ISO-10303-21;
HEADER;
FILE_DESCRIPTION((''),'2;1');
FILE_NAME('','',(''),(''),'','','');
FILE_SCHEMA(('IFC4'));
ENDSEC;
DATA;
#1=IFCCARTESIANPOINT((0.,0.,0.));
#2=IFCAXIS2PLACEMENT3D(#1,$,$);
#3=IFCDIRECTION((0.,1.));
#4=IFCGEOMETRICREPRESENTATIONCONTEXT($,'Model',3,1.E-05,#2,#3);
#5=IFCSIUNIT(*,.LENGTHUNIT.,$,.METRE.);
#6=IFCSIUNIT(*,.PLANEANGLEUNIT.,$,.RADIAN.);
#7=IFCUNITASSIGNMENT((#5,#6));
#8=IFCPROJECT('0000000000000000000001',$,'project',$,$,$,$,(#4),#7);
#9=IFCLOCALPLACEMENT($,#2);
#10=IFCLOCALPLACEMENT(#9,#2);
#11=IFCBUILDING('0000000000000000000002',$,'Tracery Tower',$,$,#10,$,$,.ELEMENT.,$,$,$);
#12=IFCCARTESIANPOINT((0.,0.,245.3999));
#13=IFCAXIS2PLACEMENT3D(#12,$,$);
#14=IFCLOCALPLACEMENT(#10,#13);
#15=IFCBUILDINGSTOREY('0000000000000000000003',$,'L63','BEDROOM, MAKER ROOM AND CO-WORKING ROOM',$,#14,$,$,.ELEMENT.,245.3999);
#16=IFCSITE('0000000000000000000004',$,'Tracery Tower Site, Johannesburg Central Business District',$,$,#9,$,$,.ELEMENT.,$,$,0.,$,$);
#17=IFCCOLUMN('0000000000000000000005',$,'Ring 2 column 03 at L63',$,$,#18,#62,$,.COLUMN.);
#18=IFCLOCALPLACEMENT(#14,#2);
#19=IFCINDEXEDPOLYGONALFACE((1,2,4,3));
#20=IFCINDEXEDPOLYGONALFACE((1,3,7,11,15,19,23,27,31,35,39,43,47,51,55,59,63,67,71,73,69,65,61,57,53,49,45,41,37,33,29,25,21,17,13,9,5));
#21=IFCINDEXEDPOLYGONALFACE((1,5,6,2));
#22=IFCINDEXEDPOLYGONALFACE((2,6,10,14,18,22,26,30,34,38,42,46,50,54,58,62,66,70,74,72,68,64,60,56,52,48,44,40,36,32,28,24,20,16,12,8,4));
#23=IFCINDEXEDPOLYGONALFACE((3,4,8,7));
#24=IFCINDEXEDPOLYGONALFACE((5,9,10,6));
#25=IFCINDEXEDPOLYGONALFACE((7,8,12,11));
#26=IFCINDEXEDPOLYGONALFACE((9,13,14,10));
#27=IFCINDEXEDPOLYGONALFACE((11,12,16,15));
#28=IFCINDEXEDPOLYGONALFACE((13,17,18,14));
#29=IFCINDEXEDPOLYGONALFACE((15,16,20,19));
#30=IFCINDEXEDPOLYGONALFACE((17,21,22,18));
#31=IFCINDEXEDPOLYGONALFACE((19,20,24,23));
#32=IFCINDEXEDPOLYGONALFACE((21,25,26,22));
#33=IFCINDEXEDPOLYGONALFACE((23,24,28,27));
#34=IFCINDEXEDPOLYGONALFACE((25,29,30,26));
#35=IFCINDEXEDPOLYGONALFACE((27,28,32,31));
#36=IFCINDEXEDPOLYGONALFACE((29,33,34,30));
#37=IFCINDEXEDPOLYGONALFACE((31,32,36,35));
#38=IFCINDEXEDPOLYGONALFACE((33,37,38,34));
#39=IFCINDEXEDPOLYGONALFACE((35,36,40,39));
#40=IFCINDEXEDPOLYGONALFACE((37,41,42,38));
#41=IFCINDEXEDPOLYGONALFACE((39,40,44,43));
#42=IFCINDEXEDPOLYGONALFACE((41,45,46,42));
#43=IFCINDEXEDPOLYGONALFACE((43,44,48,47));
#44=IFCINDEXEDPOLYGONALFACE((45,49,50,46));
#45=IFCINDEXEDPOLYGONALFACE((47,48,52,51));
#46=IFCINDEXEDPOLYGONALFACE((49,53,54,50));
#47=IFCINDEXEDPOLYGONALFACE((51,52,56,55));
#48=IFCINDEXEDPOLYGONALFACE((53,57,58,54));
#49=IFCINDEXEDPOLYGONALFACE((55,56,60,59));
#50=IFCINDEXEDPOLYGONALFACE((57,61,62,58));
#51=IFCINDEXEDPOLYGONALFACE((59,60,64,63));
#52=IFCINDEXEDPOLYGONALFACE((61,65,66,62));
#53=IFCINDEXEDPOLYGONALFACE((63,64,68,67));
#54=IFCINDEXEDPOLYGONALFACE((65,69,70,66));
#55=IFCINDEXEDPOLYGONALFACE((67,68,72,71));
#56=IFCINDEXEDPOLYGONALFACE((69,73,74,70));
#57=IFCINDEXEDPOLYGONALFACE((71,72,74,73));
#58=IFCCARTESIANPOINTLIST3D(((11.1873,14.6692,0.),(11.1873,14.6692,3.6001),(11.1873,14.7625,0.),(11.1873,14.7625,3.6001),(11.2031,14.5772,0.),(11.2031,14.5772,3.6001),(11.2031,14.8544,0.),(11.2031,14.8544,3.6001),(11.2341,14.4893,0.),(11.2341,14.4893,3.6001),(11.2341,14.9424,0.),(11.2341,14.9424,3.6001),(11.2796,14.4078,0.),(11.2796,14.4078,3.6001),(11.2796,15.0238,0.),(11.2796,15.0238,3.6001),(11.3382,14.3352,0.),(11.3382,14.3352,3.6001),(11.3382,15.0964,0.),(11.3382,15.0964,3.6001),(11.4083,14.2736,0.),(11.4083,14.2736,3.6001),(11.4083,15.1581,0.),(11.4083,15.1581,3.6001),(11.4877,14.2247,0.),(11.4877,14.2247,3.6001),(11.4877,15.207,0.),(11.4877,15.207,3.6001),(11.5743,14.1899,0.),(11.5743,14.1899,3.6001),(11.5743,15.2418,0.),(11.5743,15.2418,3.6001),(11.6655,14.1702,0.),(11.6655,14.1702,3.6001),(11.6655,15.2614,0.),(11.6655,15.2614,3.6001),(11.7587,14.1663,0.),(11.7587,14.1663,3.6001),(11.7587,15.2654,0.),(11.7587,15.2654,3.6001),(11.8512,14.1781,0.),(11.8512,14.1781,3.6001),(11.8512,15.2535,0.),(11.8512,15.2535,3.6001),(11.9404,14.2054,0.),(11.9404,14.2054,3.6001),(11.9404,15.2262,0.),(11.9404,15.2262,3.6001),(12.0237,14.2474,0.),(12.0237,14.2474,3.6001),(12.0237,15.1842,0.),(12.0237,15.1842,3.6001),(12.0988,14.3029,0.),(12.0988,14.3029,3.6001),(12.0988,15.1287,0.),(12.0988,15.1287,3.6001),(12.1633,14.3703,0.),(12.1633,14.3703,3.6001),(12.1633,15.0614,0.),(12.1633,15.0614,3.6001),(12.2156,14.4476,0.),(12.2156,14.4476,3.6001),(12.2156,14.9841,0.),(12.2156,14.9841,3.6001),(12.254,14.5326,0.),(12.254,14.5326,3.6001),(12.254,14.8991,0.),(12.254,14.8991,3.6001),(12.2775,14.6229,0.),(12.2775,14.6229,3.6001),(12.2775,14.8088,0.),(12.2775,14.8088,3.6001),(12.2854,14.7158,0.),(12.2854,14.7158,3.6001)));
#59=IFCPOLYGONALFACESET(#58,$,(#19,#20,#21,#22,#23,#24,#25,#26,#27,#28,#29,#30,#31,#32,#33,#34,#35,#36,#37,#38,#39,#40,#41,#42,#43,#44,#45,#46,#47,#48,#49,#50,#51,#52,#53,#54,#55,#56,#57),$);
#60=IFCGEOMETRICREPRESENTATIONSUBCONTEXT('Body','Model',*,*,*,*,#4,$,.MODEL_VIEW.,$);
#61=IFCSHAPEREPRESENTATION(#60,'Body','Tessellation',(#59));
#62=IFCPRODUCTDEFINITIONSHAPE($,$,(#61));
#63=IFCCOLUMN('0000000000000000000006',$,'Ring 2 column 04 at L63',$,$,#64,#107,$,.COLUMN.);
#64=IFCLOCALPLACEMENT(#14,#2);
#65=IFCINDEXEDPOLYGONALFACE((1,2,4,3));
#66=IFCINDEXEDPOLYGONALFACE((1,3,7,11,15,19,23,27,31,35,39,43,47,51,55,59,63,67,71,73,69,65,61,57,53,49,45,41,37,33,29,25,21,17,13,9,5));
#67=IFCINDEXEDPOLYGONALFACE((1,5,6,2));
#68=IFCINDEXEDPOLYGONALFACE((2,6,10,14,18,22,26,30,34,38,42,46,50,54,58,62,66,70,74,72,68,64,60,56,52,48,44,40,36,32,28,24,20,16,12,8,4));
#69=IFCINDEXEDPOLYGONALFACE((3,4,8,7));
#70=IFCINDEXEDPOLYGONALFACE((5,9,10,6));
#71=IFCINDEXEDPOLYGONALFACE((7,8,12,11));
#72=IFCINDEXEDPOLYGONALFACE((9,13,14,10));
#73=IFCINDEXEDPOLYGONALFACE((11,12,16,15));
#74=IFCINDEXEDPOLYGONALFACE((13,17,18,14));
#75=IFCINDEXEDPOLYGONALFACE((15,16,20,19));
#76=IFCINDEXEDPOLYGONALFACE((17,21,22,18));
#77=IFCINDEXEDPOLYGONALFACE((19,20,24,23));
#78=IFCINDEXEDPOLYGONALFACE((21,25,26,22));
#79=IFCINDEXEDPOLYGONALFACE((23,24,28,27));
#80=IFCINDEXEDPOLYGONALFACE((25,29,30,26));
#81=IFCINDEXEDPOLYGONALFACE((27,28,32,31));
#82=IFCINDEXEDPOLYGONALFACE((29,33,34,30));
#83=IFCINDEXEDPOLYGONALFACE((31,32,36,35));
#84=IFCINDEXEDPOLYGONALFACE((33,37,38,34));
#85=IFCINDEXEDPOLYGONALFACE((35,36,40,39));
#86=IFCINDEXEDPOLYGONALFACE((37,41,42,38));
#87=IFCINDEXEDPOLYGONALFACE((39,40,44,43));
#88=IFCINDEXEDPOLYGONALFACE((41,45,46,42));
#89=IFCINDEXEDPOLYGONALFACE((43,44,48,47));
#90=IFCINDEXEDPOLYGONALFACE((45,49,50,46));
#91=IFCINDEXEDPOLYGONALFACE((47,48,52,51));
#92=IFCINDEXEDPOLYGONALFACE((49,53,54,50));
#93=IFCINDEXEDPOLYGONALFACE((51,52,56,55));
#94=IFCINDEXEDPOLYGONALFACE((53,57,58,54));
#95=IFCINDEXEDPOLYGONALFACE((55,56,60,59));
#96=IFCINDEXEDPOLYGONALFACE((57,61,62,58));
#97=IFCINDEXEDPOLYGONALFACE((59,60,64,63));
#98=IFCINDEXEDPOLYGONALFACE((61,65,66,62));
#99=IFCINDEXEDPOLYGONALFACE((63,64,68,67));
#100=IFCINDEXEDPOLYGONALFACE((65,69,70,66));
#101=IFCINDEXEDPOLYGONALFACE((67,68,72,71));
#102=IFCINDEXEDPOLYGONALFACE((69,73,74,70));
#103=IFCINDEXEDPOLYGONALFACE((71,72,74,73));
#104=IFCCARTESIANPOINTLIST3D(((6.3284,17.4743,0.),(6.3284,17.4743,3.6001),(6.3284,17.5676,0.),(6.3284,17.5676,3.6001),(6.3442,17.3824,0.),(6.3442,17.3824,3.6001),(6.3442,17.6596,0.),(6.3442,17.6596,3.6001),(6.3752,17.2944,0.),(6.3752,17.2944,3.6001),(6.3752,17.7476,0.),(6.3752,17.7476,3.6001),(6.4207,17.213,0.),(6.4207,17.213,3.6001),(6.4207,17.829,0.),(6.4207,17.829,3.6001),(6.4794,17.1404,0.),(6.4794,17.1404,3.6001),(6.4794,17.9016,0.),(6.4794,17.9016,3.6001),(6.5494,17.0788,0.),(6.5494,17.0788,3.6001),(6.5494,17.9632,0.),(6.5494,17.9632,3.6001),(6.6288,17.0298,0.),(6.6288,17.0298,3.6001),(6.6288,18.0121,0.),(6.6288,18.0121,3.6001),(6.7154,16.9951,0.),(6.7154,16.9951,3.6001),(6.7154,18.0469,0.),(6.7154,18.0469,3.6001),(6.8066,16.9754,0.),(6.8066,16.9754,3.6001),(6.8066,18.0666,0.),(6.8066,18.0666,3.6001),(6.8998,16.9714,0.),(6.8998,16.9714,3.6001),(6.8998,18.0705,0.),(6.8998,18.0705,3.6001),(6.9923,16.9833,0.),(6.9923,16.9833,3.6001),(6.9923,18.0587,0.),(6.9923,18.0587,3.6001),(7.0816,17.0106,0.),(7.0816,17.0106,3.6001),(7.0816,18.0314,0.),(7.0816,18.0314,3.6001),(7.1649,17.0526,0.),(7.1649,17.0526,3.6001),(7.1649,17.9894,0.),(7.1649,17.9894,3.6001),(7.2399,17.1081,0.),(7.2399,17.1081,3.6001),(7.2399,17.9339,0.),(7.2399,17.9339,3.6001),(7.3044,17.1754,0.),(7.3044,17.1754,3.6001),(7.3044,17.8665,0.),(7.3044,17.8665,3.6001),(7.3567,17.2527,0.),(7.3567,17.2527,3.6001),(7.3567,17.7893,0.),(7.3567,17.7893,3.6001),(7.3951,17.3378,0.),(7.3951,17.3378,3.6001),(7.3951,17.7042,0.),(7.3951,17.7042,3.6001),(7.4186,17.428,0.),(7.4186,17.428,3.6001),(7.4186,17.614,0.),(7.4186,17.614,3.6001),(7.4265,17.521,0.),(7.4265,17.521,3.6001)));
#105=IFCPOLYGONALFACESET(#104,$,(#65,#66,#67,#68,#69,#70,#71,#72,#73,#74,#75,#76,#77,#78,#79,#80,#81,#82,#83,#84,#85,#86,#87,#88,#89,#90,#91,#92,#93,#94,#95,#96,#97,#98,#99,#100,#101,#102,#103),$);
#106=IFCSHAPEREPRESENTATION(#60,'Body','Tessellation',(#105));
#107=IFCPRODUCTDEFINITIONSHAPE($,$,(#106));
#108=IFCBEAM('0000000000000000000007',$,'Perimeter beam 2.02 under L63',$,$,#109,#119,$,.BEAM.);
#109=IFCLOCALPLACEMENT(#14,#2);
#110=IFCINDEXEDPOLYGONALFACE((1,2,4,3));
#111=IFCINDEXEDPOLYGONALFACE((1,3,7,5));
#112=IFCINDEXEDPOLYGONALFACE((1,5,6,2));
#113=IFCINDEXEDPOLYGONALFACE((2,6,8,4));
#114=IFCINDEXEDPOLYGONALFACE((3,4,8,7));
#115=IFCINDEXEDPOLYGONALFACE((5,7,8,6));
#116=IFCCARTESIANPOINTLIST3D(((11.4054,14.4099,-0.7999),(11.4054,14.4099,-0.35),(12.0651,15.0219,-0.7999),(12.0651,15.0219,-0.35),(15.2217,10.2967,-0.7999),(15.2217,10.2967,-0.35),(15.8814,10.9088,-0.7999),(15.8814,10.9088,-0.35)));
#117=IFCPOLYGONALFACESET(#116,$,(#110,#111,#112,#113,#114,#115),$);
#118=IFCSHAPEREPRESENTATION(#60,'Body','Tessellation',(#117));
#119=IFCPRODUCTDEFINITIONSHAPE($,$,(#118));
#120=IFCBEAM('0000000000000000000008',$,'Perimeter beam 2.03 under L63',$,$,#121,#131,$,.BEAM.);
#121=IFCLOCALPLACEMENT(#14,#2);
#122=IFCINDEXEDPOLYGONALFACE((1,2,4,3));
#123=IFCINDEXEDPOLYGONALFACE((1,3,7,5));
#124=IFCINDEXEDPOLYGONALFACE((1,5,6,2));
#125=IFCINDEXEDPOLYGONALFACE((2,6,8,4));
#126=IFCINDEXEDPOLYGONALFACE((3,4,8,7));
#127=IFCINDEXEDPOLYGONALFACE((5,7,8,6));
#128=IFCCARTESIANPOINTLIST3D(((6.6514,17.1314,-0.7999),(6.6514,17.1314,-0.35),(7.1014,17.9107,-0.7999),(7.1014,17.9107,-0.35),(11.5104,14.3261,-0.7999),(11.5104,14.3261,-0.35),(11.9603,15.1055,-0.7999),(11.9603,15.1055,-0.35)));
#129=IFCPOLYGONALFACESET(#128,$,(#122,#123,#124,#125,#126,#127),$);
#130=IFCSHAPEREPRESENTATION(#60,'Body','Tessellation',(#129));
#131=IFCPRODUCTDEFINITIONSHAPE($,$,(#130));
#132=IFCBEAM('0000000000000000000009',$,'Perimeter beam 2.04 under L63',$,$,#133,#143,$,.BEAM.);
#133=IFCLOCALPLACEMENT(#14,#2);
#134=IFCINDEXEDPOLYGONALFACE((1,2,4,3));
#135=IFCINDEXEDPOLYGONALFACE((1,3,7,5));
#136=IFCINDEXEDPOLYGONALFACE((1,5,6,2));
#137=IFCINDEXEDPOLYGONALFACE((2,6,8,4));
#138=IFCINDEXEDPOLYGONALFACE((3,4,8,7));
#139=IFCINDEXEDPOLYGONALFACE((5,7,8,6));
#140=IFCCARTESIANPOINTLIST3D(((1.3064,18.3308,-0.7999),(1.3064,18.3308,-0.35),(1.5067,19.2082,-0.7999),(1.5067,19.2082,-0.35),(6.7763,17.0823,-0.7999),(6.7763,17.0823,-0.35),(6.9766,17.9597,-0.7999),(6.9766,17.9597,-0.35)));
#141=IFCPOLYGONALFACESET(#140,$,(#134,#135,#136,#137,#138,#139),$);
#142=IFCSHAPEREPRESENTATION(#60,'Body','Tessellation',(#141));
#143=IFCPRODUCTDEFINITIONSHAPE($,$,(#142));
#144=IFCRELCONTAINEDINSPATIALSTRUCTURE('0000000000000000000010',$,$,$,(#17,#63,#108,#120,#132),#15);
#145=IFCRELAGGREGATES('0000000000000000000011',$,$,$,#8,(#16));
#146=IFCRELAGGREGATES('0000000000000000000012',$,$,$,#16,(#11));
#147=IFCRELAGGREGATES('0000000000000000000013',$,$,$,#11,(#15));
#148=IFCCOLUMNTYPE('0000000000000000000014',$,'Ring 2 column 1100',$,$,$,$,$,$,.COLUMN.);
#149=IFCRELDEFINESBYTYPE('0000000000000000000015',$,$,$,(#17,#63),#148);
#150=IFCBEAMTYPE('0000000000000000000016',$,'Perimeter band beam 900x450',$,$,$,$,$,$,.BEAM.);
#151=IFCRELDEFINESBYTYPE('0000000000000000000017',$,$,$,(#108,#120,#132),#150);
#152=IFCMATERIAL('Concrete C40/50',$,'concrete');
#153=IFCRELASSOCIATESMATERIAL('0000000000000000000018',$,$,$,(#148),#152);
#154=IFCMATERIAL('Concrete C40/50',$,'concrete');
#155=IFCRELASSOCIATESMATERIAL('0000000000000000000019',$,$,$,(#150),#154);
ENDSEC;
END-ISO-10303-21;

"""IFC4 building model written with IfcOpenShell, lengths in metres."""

from ifc_helpers import new_model, si_unit, direction, frame, origin, origin_2d, place, context, subcontext, project, spatial, rectangle, circle, extrude, material, material_profile, profile_set, type_object, element, save


model = new_model("IFC4")

# Units and contexts
model_context = context("Model", 3, precision=1e-05, world=origin(), true_north=direction((0.0, 1.0)))
body_context = subcontext(model_context, "Body", "Model", "MODEL_VIEW")
ifc_project = project(units=[si_unit("LENGTHUNIT", "METRE"), si_unit("PLANEANGLEUNIT", "RADIAN")], contexts=[model_context])

# Site, building, storey
site_placement = place(None, origin())
site = spatial("IfcSite", under=ifc_project, at=site_placement, Name="Tracery Tower Site, Johannesburg Central Business District", CompositionType="ELEMENT", RefElevation=0.0)
building_placement = place(site_placement, origin())
building = spatial("IfcBuilding", under=site, at=building_placement, Name="Tracery Tower", CompositionType="ELEMENT")
storey_placement = place(building_placement, frame((0.0, 0.0, 245.3999)))
storey = spatial("IfcBuildingStorey", under=building, at=storey_placement, Name="L63", Description="BEDROOM, MAKER ROOM AND CO-WORKING ROOM", CompositionType="ELEMENT", Elevation=245.3999)

# Columns
ifc_material_1 = material(Name="Concrete C40/50", Category="concrete")
ifc_material_profile_1 = material_profile(ifc_material_1, circle(Radius=0.55, at=origin_2d()), Name="RC D1100")
ifc_profile_set_1 = profile_set([ifc_material_profile_1], Name="Concrete C40/50")
column_type = type_object("IfcColumnType", Name="Ring 2 column 1100", PredefinedType="COLUMN", material=ifc_profile_set_1)
for number, where, z_axis, x_axis, name in (
    (1, (11.7354, 14.7158, 0.0), (0.0, 0.0, 1.0), (1.0, 0.0, 0.0), "Ring 2 column 03 at L63"),
    (2, (6.8765, 17.521, 0.0), (0.0, 0.0, 1.0), (1.0, 0.0, 0.0), "Ring 2 column 04 at L63"),
):
    element("IfcColumn", number, at=place(storey_placement, frame(where, z_axis=z_axis, x_axis=x_axis)), inside=storey, type_object=column_type, Name=name, PredefinedType="COLUMN", context=body_context, shape_type="SweptSolid", body=[
        extrude(circle(Radius=0.55, at=origin_2d()), origin(), (0.0, 0.0, 1.0), 3.6001),
    ])

# Beams
ifc_material_2 = material(Name="Concrete C40/50", Category="concrete")
ifc_material_profile_2 = material_profile(ifc_material_2, rectangle(XDim=0.8999, YDim=0.45, at=origin_2d()), Name="RC 900x450")
ifc_profile_set_2 = profile_set([ifc_material_profile_2], Name="Concrete C40/50")
beam_type = type_object("IfcBeamType", Name="Perimeter band beam 900x450", PredefinedType="BEAM", material=ifc_profile_set_2)
beam_placement = place(storey_placement, frame((15.5515, 10.6028, -0.575), z_axis=(-0.680156, 0.733068, 0.0), x_axis=(-0.733068, -0.680156, 0.0)))
element("IfcBeam", 3, at=beam_placement, inside=storey, type_object=beam_type, Name="Perimeter beam 2.02 under L63", PredefinedType="BEAM", context=body_context, shape_type="SweptSolid", body=[
    extrude(rectangle(XDim=0.8999, YDim=0.45, at=origin_2d()), origin(), (0.0, 0.0, 1.0), 5.6108),
])
for number, where, z_axis, x_axis, name in (
    (4, (11.7354, 14.7158, -0.575), (-0.866033, 0.499986, 0.0), (-0.499986, -0.866033, 0.0), "Perimeter beam 2.03 under L63"),
    (5, (6.8765, 17.521, -0.575), (-0.974926, 0.222529, 0.0), (-0.222529, -0.974926, 0.0), "Perimeter beam 2.04 under L63"),
):
    element("IfcBeam", number, at=place(storey_placement, frame(where, z_axis=z_axis, x_axis=x_axis)), inside=storey, type_object=beam_type, Name=name, PredefinedType="BEAM", context=body_context, shape_type="SweptSolid", body=[
        extrude(rectangle(XDim=0.8999, YDim=0.45, at=origin_2d()), origin(), (0.0, 0.0, 1.0), 5.6106),
    ])

save(model, "model.ifc")
